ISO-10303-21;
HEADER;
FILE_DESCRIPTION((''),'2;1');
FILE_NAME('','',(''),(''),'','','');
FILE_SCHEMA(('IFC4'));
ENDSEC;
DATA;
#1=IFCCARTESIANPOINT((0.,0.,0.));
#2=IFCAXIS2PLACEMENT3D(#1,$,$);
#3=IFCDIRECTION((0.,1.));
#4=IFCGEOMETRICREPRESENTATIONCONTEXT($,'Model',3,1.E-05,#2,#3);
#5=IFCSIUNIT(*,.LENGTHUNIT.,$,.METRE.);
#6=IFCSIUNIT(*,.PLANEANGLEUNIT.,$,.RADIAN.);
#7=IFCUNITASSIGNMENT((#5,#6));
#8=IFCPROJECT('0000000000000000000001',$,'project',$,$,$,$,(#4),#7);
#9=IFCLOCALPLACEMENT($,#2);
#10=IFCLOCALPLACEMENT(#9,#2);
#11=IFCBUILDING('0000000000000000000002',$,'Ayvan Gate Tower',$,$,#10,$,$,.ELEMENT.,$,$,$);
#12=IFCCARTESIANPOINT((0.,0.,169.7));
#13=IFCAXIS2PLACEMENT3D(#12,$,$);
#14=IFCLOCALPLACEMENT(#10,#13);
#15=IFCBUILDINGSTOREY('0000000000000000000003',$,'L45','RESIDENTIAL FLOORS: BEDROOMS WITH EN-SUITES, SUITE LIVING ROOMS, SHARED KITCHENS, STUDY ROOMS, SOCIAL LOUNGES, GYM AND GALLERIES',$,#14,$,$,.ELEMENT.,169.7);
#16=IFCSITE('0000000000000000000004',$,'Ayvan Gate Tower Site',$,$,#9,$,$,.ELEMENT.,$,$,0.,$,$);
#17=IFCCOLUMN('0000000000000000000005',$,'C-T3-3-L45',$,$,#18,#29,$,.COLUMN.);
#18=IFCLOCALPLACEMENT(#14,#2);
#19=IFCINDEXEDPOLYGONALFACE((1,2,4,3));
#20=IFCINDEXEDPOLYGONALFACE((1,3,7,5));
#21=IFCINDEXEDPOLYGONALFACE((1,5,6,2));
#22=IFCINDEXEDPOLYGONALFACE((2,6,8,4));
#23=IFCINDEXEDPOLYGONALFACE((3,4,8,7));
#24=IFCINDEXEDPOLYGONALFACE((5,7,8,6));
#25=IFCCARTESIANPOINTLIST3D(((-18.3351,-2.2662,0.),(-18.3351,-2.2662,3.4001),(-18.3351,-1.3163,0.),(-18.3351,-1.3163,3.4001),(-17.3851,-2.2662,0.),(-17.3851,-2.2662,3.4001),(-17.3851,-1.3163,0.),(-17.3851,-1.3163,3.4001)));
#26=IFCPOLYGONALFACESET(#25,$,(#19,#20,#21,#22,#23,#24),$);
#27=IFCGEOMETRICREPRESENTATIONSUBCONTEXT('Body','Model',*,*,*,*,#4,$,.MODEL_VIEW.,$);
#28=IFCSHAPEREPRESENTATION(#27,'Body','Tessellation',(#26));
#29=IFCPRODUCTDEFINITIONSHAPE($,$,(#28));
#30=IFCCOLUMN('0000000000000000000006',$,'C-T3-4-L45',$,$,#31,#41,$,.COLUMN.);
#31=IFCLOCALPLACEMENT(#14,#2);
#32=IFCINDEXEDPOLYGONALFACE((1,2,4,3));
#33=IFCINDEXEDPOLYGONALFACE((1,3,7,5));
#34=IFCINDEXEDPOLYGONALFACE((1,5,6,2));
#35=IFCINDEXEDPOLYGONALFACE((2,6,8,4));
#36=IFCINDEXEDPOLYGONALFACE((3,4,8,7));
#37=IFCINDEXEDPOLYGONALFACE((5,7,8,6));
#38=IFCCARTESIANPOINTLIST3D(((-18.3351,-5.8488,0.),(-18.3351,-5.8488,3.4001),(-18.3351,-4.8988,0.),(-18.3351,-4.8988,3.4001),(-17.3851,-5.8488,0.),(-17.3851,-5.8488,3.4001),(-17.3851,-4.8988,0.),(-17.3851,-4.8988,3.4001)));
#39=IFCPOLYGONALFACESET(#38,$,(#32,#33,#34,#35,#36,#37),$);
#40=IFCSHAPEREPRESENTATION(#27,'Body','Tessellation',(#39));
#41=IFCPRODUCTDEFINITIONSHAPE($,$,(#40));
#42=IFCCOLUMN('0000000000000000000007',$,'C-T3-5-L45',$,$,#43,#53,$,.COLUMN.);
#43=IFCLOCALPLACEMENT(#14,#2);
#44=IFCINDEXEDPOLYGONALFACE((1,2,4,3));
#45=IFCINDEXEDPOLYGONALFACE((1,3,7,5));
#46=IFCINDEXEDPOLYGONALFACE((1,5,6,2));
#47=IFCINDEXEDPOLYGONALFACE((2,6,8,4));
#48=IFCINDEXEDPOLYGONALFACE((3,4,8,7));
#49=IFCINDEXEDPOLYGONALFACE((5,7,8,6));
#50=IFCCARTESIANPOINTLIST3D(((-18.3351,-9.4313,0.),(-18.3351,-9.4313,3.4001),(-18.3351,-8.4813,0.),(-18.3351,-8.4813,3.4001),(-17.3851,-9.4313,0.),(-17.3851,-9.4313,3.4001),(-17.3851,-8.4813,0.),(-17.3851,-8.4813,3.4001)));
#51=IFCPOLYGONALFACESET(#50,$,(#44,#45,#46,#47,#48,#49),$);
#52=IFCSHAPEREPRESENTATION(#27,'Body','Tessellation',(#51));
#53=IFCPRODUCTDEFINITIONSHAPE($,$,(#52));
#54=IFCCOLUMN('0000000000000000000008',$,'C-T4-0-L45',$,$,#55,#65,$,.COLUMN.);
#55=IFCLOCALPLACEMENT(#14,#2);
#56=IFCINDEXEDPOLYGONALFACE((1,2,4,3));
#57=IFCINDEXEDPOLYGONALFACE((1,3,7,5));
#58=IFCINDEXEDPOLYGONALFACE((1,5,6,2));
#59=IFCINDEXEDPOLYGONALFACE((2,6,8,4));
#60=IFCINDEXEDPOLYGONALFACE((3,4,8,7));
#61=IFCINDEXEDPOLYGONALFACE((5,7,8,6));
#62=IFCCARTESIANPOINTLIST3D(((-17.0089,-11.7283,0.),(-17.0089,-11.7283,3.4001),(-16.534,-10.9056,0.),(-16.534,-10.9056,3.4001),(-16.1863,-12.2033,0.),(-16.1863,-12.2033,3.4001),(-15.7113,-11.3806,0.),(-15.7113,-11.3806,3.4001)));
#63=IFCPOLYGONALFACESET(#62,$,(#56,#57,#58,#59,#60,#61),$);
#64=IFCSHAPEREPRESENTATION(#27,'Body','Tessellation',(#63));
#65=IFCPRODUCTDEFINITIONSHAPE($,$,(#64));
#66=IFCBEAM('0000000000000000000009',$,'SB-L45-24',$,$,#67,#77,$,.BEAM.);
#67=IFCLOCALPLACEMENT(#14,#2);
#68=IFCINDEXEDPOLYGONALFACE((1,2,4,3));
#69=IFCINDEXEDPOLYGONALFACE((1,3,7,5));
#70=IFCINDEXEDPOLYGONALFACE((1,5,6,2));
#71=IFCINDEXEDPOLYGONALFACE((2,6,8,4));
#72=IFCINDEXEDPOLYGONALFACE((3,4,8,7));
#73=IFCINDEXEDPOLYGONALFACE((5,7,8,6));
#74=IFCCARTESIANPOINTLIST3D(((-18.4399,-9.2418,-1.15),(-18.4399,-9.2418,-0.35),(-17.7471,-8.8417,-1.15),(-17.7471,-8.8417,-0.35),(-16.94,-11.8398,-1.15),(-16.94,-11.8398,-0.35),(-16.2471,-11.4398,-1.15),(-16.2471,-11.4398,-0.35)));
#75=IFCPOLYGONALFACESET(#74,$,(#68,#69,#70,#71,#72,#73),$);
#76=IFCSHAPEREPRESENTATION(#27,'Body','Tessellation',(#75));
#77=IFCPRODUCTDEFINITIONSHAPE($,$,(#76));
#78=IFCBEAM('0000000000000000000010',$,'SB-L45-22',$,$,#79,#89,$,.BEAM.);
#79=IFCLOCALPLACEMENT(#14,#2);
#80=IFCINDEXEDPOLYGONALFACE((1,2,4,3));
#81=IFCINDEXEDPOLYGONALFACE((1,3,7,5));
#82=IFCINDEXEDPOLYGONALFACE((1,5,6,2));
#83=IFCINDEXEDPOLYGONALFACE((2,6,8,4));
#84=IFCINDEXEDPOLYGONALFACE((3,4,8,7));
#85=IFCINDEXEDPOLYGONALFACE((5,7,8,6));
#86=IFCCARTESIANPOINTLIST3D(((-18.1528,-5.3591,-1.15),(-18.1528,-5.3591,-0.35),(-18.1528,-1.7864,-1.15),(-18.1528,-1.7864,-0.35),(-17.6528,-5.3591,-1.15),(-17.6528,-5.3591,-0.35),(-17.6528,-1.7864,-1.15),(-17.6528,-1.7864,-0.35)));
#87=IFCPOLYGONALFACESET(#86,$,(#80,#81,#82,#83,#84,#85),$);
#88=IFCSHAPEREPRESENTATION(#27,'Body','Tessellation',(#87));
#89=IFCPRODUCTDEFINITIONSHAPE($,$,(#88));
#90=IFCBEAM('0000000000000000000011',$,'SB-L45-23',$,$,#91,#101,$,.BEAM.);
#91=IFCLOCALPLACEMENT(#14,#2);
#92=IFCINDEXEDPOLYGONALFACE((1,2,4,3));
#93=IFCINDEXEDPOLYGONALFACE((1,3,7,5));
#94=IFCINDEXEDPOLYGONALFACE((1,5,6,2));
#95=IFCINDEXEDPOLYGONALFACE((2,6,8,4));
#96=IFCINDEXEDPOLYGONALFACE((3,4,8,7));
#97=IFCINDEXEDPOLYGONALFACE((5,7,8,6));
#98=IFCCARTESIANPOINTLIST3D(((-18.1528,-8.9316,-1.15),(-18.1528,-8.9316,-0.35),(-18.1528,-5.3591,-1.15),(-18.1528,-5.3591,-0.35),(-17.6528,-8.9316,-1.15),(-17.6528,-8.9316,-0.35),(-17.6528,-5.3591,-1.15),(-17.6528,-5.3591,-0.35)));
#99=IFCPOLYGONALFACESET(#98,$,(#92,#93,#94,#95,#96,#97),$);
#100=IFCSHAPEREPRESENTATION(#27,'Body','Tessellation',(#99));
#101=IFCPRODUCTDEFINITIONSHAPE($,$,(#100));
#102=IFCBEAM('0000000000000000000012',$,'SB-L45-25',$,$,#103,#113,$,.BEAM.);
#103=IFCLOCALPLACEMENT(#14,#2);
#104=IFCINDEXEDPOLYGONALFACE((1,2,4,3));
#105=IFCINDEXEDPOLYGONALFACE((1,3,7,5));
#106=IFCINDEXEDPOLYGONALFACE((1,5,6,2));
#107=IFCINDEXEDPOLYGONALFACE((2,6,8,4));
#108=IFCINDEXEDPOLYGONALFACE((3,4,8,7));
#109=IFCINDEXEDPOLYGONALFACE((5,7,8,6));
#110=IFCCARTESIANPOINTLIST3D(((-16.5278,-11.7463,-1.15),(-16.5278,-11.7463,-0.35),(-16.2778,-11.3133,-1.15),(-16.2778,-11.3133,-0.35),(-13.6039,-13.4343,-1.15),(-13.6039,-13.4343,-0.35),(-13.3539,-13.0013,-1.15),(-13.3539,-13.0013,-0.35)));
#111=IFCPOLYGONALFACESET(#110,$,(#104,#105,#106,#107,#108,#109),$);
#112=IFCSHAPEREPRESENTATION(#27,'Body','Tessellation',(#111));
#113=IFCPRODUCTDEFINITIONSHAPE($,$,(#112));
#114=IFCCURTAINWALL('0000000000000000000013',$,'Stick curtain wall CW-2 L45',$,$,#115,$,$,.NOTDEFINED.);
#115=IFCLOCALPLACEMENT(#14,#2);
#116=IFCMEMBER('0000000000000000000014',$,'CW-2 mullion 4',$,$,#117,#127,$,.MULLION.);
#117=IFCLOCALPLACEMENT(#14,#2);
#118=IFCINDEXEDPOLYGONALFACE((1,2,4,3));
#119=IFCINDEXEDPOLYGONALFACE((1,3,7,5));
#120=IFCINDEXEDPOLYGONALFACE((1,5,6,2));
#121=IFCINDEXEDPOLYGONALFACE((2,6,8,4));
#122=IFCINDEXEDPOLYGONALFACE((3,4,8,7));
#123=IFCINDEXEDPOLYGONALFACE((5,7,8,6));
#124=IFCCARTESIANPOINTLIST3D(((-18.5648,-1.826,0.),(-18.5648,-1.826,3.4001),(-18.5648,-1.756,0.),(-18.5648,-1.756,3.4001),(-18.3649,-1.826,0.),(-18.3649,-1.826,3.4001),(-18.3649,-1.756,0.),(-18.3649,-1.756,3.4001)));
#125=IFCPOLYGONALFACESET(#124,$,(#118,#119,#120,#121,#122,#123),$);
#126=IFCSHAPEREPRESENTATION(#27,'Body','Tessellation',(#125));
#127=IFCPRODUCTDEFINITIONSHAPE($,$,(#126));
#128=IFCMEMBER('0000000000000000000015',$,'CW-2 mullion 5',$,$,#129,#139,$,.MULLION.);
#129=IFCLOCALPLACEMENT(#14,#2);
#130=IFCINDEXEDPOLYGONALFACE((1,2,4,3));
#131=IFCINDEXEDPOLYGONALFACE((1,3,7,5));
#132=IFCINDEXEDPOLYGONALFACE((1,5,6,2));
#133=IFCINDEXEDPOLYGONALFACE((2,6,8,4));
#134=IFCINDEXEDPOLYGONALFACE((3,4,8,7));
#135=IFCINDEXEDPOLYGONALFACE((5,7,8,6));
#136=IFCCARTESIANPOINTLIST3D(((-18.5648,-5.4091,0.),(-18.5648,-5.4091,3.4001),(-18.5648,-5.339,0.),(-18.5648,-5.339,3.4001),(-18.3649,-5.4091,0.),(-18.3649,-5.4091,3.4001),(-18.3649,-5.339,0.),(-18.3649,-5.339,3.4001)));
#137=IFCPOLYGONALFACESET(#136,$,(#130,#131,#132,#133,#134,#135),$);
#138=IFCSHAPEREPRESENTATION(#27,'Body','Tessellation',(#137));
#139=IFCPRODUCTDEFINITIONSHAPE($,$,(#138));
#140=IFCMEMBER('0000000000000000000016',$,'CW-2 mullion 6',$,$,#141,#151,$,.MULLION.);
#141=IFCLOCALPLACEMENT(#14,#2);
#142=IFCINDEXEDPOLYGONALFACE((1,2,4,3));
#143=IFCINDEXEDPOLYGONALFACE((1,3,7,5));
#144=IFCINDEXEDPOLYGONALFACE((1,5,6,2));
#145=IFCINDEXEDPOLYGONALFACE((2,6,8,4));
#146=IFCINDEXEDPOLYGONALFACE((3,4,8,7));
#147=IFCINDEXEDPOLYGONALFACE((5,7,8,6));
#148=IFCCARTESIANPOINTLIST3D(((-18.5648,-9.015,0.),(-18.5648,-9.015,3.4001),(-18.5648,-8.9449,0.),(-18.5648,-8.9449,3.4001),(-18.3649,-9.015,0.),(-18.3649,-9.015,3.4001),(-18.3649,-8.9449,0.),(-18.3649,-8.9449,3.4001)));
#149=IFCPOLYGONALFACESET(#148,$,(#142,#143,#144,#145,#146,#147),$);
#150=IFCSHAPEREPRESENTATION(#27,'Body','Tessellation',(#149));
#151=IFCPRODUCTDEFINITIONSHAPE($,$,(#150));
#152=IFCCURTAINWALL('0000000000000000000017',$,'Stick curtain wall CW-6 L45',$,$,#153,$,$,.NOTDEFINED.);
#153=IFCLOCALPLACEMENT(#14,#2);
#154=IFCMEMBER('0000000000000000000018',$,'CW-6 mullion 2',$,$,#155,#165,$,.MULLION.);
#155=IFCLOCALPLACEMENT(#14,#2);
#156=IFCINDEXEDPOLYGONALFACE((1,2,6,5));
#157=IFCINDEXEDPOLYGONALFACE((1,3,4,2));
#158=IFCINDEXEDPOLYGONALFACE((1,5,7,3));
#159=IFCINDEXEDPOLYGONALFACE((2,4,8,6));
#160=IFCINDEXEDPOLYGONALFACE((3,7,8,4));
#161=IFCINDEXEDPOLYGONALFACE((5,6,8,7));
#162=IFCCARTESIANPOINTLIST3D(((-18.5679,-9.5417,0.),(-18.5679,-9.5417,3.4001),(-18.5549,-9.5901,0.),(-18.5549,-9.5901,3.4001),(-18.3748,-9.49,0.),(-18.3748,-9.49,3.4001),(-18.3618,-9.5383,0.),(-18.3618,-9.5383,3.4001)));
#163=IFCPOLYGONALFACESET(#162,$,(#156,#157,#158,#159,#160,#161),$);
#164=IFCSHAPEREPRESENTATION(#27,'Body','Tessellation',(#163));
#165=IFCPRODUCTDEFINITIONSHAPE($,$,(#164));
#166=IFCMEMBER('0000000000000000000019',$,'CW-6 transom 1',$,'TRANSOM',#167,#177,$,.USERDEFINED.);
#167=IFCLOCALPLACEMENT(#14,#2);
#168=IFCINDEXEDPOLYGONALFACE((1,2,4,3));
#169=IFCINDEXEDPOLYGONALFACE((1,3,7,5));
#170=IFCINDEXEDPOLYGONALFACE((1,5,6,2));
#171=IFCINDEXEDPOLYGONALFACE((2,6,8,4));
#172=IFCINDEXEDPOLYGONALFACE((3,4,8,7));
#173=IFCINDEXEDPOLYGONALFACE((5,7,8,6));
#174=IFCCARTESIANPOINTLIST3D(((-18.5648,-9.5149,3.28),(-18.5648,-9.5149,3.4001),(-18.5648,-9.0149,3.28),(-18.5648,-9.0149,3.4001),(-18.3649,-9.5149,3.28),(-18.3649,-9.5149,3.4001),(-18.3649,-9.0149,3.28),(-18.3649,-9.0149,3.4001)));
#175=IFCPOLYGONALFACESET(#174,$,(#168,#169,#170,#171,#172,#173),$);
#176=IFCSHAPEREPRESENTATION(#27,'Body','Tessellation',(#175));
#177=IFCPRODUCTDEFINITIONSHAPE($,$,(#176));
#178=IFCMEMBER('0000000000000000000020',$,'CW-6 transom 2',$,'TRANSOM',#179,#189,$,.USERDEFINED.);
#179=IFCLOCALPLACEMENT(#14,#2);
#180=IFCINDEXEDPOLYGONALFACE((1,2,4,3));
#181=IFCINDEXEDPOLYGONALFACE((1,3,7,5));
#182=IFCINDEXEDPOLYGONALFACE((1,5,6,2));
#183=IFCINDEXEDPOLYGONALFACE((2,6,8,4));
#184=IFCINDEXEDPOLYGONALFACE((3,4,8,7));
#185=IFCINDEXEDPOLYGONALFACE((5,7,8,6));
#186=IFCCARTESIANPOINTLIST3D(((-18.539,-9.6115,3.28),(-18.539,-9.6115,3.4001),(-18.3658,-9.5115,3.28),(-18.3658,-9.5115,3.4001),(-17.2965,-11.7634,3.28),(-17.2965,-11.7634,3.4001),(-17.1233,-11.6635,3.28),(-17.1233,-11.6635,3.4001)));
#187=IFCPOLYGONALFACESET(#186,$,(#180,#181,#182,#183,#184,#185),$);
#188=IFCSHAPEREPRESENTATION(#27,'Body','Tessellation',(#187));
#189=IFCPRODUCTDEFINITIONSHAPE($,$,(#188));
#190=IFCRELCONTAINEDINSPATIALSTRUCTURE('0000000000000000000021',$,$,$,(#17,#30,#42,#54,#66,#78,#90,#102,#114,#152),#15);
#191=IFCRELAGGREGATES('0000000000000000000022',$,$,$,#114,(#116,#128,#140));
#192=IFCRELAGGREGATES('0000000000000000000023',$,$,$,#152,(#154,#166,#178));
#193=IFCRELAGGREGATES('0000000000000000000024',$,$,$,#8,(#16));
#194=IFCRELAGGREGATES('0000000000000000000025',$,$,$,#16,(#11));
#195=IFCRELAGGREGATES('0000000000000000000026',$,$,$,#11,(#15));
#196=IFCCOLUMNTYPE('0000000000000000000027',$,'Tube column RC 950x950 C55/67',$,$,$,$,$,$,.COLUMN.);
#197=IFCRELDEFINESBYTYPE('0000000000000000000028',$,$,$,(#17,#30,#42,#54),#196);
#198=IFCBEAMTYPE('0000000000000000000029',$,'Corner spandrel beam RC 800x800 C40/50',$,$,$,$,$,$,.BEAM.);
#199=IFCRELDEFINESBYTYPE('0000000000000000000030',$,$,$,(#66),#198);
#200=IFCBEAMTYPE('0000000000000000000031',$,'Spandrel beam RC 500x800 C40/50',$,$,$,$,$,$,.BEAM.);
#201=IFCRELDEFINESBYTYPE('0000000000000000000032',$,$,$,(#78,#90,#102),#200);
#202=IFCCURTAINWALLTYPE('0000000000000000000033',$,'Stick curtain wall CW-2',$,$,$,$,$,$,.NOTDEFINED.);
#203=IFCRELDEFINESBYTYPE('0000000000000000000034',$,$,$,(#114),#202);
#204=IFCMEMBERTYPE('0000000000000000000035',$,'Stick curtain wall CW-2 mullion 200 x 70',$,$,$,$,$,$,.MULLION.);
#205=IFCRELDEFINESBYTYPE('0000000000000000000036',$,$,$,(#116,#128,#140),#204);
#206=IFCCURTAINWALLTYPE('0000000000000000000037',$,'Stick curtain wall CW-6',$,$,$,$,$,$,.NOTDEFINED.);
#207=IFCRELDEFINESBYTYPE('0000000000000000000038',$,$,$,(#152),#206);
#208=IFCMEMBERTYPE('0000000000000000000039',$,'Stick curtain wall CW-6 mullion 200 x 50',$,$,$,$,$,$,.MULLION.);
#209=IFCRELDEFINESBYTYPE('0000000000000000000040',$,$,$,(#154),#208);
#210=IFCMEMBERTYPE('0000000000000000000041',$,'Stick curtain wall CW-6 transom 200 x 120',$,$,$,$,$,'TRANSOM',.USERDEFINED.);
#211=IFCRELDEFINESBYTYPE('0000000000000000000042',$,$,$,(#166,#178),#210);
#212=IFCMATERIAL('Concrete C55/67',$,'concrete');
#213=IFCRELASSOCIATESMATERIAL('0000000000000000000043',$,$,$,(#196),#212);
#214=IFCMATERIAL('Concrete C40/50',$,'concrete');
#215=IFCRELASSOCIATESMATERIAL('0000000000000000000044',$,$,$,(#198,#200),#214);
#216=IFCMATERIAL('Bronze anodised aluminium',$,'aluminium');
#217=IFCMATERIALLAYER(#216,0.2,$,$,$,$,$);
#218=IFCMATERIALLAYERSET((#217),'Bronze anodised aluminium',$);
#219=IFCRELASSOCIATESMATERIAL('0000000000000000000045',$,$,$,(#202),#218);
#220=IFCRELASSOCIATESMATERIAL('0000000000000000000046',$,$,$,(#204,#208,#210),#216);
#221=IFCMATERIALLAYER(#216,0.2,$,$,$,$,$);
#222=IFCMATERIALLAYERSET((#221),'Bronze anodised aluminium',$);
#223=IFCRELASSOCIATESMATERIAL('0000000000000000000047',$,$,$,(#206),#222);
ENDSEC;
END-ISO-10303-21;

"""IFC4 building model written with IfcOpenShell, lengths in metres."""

from ifc_helpers import new_model, si_unit, direction, frame, origin, origin_2d, place, context, subcontext, project, spatial, rectangle, extrude, material, layer, layer_set, material_profile, profile_set, type_object, element, aggregate, save


model = new_model("IFC4")

# Units and contexts
model_context = context("Model", 3, precision=1e-05, world=origin(), true_north=direction((0.0, 1.0)))
body_context = subcontext(model_context, "Body", "Model", "MODEL_VIEW")
ifc_project = project(units=[si_unit("LENGTHUNIT", "METRE"), si_unit("PLANEANGLEUNIT", "RADIAN")], contexts=[model_context])

# Site, building, storey
site_placement = place(None, origin())
site = spatial("IfcSite", under=ifc_project, at=site_placement, Name="Ayvan Gate Tower Site", CompositionType="ELEMENT", RefElevation=0.0)
building_placement = place(site_placement, origin())
building = spatial("IfcBuilding", under=site, at=building_placement, Name="Ayvan Gate Tower", CompositionType="ELEMENT")
storey_placement = place(building_placement, frame((0.0, 0.0, 169.7)))
storey = spatial("IfcBuildingStorey", under=building, at=storey_placement, Name="L45", Description="RESIDENTIAL FLOORS: BEDROOMS WITH EN-SUITES, SUITE LIVING ROOMS, SHARED KITCHENS, STUDY ROOMS, SOCIAL LOUNGES, GYM AND GALLERIES", CompositionType="ELEMENT", Elevation=169.7)

# Columns
ifc_material_1 = material(Name="Concrete C55/67", Category="concrete")
ifc_material_profile_1 = material_profile(ifc_material_1, rectangle(XDim=0.95, YDim=0.95, at=origin_2d()), Name="RC 950x950")
ifc_profile_set_1 = profile_set([ifc_material_profile_1], Name="Concrete C55/67")
column_type = type_object("IfcColumnType", Name="Tube column RC 950x950 C55/67", PredefinedType="COLUMN", material=ifc_profile_set_1)
for number, where, z_axis, x_axis, name in (
    (1, (-17.8601, -1.7913, 0.0), (0.0, 0.0, 1.0), (-1.0, 0.0, 0.0), "C-T3-3-L45"),
    (2, (-17.8601, -5.3738, 0.0), (0.0, 0.0, 1.0), (-1.0, 0.0, 0.0), "C-T3-4-L45"),
    (3, (-17.8601, -8.9563, 0.0), (0.0, 0.0, 1.0), (-1.0, 0.0, 0.0), "C-T3-5-L45"),
    (4, (-16.3601, -11.5544, 0.0), (0.0, 0.0, 1.0), (-0.5, -0.866025, 0.0), "C-T4-0-L45"),
):
    element("IfcColumn", number, at=place(storey_placement, frame(where, z_axis=z_axis, x_axis=x_axis)), inside=storey, type_object=column_type, Name=name, PredefinedType="COLUMN", context=body_context, shape_type="SweptSolid", body=[
        extrude(rectangle(XDim=0.95, YDim=0.95, at=origin_2d()), origin(), (0.0, 0.0, 1.0), 3.4001),
    ])

# Beams
ifc_material_2 = material(Name="Concrete C40/50", Category="concrete")
ifc_material_profile_2 = material_profile(ifc_material_2, rectangle(XDim=0.8, YDim=0.8, at=origin_2d()), Name="RC 800x800")
ifc_profile_set_2 = profile_set([ifc_material_profile_2], Name="Concrete C40/50")
beam_type_1 = type_object("IfcBeamType", Name="Corner spandrel beam RC 800x800 C40/50", PredefinedType="BEAM", material=ifc_profile_set_2)
beam_1_placement = place(storey_placement, frame((-18.0935, -9.0417, -0.75), z_axis=(0.49999, -0.866031, 0.0), x_axis=(0.866031, 0.49999, 0.0)))
element("IfcBeam", 5, at=beam_1_placement, inside=storey, type_object=beam_type_1, Name="SB-L45-24", PredefinedType="BEAM", context=body_context, shape_type="SweptSolid", body=[
    extrude(rectangle(XDim=0.8, YDim=0.8, at=origin_2d()), origin(), (0.0, 0.0, 1.0), 3.0),
])
ifc_material_profile_3 = material_profile(ifc_material_2, rectangle(XDim=0.5, YDim=0.8, at=origin_2d()), Name="RC 500x800")
ifc_profile_set_3 = profile_set([ifc_material_profile_3], Name="Concrete C40/50")
beam_type_2 = type_object("IfcBeamType", Name="Spandrel beam RC 500x800 C40/50", PredefinedType="BEAM", material=ifc_profile_set_3)
beam_2_placement = place(storey_placement, frame((-17.9028, -1.7864, -0.75), z_axis=(0.0, -1.0, 0.0), x_axis=(1.0, 0.0, 0.0)))
element("IfcBeam", 6, at=beam_2_placement, inside=storey, type_object=beam_type_2, Name="SB-L45-22", PredefinedType="BEAM", context=body_context, shape_type="SweptSolid", body=[
    extrude(rectangle(XDim=0.5, YDim=0.8, at=origin_2d()), origin(), (0.0, 0.0, 1.0), 3.5728),
])
beam_3_placement = place(storey_placement, frame((-17.9028, -5.3591, -0.75), z_axis=(0.0, -1.0, 0.0), x_axis=(1.0, 0.0, 0.0)))
element("IfcBeam", 7, at=beam_3_placement, inside=storey, type_object=beam_type_2, Name="SB-L45-23", PredefinedType="BEAM", context=body_context, shape_type="SweptSolid", body=[
    extrude(rectangle(XDim=0.5, YDim=0.8, at=origin_2d()), origin(), (0.0, 0.0, 1.0), 3.5725),
])
beam_4_placement = place(storey_placement, frame((-16.4028, -11.5298, -0.75), z_axis=(0.866036, -0.499981, 0.0), x_axis=(0.499981, 0.866036, 0.0)))
element("IfcBeam", 8, at=beam_4_placement, inside=storey, type_object=beam_type_2, Name="SB-L45-25", PredefinedType="BEAM", context=body_context, shape_type="SweptSolid", body=[
    extrude(rectangle(XDim=0.5, YDim=0.8, at=origin_2d()), origin(), (0.0, 0.0, 1.0), 3.3762),
])

# Curtain walls, members
ifc_material_3 = material(Name="Bronze anodised aluminium", Category="aluminium")
ifc_layer_1 = layer(ifc_material_3, 0.2)
ifc_layer_set_1 = layer_set([ifc_layer_1], Name="Bronze anodised aluminium")
curtain_wall_type_1 = type_object("IfcCurtainWallType", Name="Stick curtain wall CW-2", PredefinedType="NOTDEFINED", material=ifc_layer_set_1)
curtain_wall_1_placement = place(storey_placement, origin())
curtain_wall_1 = element("IfcCurtainWall", 9, at=curtain_wall_1_placement, inside=storey, type_object=curtain_wall_type_1, Name="Stick curtain wall CW-2 L45", PredefinedType="NOTDEFINED")
ifc_material_profile_4 = material_profile(ifc_material_3, rectangle(XDim=0.2, YDim=0.0701, at=origin_2d()), Name="Stick curtain wall CW-2 mullion 200 x 70")
ifc_profile_set_4 = profile_set([ifc_material_profile_4], Name="Bronze anodised aluminium")
member_type_1 = type_object("IfcMemberType", Name="Stick curtain wall CW-2 mullion 200 x 70", PredefinedType="MULLION", material=ifc_profile_set_4)
member_1_placement = place(storey_placement, frame((-18.4648, -1.791, 0.0), z_axis=(0.0, 0.0, 1.0), x_axis=(-1.0, 0.0, 0.0)))
member_1 = element("IfcMember", 10, at=member_1_placement, type_object=member_type_1, Name="CW-2 mullion 4", PredefinedType="MULLION", context=body_context, shape_type="SweptSolid", body=[
    extrude(rectangle(XDim=0.2, YDim=0.0701, at=origin_2d()), origin(), (0.0, 0.0, 1.0), 3.4001),
])
member_2_placement = place(storey_placement, frame((-18.4648, -5.374, 0.0), z_axis=(0.0, 0.0, 1.0), x_axis=(-1.0, 0.0, 0.0)))
member_2 = element("IfcMember", 11, at=member_2_placement, type_object=member_type_1, Name="CW-2 mullion 5", PredefinedType="MULLION", context=body_context, shape_type="SweptSolid", body=[
    extrude(rectangle(XDim=0.2, YDim=0.0701, at=origin_2d()), origin(), (0.0, 0.0, 1.0), 3.4001),
])
member_3_placement = place(storey_placement, frame((-18.4648, -8.98, 0.0), z_axis=(0.0, 0.0, 1.0), x_axis=(-1.0, 0.0, 0.0)))
member_3 = element("IfcMember", 12, at=member_3_placement, type_object=member_type_1, Name="CW-2 mullion 6", PredefinedType="MULLION", context=body_context, shape_type="SweptSolid", body=[
    extrude(rectangle(XDim=0.2, YDim=0.0701, at=origin_2d()), origin(), (0.0, 0.0, 1.0), 3.4001),
])
ifc_layer_2 = layer(ifc_material_3, 0.2)
ifc_layer_set_2 = layer_set([ifc_layer_2], Name="Bronze anodised aluminium")
curtain_wall_type_2 = type_object("IfcCurtainWallType", Name="Stick curtain wall CW-6", PredefinedType="NOTDEFINED", material=ifc_layer_set_2)
curtain_wall_2_placement = place(storey_placement, origin())
curtain_wall_2 = element("IfcCurtainWall", 13, at=curtain_wall_2_placement, inside=storey, type_object=curtain_wall_type_2, Name="Stick curtain wall CW-6 L45", PredefinedType="NOTDEFINED")
ifc_material_profile_5 = material_profile(ifc_material_3, rectangle(XDim=0.2, YDim=0.05, at=origin_2d()), Name="Stick curtain wall CW-6 mullion 200 x 50")
ifc_profile_set_5 = profile_set([ifc_material_profile_5], Name="Bronze anodised aluminium")
member_type_2 = type_object("IfcMemberType", Name="Stick curtain wall CW-6 mullion 200 x 50", PredefinedType="MULLION", material=ifc_profile_set_5)
member_4_placement = place(storey_placement, frame((-18.4648, -9.54, 0.0), z_axis=(0.0, 0.0, 1.0), x_axis=(-0.965926, -0.258819, 0.0)))
member_4 = element("IfcMember", 14, at=member_4_placement, type_object=member_type_2, Name="CW-6 mullion 2", PredefinedType="MULLION", context=body_context, shape_type="SweptSolid", body=[
    extrude(rectangle(XDim=0.2, YDim=0.05, at=origin_2d()), origin(), (0.0, 0.0, 1.0), 3.4001),
])
ifc_material_profile_6 = material_profile(ifc_material_3, rectangle(XDim=0.2, YDim=0.1201, at=origin_2d()), Name="Stick curtain wall CW-6 transom 200 x 120")
ifc_profile_set_6 = profile_set([ifc_material_profile_6], Name="Bronze anodised aluminium")
member_type_3 = type_object("IfcMemberType", Name="Stick curtain wall CW-6 transom 200 x 120", ElementType="TRANSOM", PredefinedType="USERDEFINED", material=ifc_profile_set_6)
member_5_placement = place(storey_placement, frame((-18.4648, -9.0149, 3.3401), z_axis=(0.0, -1.0, 0.0), x_axis=(1.0, 0.0, 0.0)))
member_5 = element("IfcMember", 15, at=member_5_placement, type_object=member_type_3, Name="CW-6 transom 1", ObjectType="TRANSOM", PredefinedType="USERDEFINED", context=body_context, shape_type="SweptSolid", body=[
    extrude(rectangle(XDim=0.2, YDim=0.1201, at=origin_2d()), origin(), (0.0, 0.0, 1.0), 0.5),
])
member_6_placement = place(storey_placement, frame((-18.4524, -9.5615, 3.3401), z_axis=(0.500017, -0.866015, 0.0), x_axis=(0.866015, 0.500017, 0.0)))
member_6 = element("IfcMember", 16, at=member_6_placement, type_object=member_type_3, Name="CW-6 transom 2", ObjectType="TRANSOM", PredefinedType="USERDEFINED", context=body_context, shape_type="SweptSolid", body=[
    extrude(rectangle(XDim=0.2, YDim=0.1201, at=origin_2d()), origin(), (0.0, 0.0, 1.0), 2.4849),
])

aggregate(curtain_wall_1, [member_1, member_2, member_3])
aggregate(curtain_wall_2, [member_4, member_5, member_6])

save(model, "model.ifc")
